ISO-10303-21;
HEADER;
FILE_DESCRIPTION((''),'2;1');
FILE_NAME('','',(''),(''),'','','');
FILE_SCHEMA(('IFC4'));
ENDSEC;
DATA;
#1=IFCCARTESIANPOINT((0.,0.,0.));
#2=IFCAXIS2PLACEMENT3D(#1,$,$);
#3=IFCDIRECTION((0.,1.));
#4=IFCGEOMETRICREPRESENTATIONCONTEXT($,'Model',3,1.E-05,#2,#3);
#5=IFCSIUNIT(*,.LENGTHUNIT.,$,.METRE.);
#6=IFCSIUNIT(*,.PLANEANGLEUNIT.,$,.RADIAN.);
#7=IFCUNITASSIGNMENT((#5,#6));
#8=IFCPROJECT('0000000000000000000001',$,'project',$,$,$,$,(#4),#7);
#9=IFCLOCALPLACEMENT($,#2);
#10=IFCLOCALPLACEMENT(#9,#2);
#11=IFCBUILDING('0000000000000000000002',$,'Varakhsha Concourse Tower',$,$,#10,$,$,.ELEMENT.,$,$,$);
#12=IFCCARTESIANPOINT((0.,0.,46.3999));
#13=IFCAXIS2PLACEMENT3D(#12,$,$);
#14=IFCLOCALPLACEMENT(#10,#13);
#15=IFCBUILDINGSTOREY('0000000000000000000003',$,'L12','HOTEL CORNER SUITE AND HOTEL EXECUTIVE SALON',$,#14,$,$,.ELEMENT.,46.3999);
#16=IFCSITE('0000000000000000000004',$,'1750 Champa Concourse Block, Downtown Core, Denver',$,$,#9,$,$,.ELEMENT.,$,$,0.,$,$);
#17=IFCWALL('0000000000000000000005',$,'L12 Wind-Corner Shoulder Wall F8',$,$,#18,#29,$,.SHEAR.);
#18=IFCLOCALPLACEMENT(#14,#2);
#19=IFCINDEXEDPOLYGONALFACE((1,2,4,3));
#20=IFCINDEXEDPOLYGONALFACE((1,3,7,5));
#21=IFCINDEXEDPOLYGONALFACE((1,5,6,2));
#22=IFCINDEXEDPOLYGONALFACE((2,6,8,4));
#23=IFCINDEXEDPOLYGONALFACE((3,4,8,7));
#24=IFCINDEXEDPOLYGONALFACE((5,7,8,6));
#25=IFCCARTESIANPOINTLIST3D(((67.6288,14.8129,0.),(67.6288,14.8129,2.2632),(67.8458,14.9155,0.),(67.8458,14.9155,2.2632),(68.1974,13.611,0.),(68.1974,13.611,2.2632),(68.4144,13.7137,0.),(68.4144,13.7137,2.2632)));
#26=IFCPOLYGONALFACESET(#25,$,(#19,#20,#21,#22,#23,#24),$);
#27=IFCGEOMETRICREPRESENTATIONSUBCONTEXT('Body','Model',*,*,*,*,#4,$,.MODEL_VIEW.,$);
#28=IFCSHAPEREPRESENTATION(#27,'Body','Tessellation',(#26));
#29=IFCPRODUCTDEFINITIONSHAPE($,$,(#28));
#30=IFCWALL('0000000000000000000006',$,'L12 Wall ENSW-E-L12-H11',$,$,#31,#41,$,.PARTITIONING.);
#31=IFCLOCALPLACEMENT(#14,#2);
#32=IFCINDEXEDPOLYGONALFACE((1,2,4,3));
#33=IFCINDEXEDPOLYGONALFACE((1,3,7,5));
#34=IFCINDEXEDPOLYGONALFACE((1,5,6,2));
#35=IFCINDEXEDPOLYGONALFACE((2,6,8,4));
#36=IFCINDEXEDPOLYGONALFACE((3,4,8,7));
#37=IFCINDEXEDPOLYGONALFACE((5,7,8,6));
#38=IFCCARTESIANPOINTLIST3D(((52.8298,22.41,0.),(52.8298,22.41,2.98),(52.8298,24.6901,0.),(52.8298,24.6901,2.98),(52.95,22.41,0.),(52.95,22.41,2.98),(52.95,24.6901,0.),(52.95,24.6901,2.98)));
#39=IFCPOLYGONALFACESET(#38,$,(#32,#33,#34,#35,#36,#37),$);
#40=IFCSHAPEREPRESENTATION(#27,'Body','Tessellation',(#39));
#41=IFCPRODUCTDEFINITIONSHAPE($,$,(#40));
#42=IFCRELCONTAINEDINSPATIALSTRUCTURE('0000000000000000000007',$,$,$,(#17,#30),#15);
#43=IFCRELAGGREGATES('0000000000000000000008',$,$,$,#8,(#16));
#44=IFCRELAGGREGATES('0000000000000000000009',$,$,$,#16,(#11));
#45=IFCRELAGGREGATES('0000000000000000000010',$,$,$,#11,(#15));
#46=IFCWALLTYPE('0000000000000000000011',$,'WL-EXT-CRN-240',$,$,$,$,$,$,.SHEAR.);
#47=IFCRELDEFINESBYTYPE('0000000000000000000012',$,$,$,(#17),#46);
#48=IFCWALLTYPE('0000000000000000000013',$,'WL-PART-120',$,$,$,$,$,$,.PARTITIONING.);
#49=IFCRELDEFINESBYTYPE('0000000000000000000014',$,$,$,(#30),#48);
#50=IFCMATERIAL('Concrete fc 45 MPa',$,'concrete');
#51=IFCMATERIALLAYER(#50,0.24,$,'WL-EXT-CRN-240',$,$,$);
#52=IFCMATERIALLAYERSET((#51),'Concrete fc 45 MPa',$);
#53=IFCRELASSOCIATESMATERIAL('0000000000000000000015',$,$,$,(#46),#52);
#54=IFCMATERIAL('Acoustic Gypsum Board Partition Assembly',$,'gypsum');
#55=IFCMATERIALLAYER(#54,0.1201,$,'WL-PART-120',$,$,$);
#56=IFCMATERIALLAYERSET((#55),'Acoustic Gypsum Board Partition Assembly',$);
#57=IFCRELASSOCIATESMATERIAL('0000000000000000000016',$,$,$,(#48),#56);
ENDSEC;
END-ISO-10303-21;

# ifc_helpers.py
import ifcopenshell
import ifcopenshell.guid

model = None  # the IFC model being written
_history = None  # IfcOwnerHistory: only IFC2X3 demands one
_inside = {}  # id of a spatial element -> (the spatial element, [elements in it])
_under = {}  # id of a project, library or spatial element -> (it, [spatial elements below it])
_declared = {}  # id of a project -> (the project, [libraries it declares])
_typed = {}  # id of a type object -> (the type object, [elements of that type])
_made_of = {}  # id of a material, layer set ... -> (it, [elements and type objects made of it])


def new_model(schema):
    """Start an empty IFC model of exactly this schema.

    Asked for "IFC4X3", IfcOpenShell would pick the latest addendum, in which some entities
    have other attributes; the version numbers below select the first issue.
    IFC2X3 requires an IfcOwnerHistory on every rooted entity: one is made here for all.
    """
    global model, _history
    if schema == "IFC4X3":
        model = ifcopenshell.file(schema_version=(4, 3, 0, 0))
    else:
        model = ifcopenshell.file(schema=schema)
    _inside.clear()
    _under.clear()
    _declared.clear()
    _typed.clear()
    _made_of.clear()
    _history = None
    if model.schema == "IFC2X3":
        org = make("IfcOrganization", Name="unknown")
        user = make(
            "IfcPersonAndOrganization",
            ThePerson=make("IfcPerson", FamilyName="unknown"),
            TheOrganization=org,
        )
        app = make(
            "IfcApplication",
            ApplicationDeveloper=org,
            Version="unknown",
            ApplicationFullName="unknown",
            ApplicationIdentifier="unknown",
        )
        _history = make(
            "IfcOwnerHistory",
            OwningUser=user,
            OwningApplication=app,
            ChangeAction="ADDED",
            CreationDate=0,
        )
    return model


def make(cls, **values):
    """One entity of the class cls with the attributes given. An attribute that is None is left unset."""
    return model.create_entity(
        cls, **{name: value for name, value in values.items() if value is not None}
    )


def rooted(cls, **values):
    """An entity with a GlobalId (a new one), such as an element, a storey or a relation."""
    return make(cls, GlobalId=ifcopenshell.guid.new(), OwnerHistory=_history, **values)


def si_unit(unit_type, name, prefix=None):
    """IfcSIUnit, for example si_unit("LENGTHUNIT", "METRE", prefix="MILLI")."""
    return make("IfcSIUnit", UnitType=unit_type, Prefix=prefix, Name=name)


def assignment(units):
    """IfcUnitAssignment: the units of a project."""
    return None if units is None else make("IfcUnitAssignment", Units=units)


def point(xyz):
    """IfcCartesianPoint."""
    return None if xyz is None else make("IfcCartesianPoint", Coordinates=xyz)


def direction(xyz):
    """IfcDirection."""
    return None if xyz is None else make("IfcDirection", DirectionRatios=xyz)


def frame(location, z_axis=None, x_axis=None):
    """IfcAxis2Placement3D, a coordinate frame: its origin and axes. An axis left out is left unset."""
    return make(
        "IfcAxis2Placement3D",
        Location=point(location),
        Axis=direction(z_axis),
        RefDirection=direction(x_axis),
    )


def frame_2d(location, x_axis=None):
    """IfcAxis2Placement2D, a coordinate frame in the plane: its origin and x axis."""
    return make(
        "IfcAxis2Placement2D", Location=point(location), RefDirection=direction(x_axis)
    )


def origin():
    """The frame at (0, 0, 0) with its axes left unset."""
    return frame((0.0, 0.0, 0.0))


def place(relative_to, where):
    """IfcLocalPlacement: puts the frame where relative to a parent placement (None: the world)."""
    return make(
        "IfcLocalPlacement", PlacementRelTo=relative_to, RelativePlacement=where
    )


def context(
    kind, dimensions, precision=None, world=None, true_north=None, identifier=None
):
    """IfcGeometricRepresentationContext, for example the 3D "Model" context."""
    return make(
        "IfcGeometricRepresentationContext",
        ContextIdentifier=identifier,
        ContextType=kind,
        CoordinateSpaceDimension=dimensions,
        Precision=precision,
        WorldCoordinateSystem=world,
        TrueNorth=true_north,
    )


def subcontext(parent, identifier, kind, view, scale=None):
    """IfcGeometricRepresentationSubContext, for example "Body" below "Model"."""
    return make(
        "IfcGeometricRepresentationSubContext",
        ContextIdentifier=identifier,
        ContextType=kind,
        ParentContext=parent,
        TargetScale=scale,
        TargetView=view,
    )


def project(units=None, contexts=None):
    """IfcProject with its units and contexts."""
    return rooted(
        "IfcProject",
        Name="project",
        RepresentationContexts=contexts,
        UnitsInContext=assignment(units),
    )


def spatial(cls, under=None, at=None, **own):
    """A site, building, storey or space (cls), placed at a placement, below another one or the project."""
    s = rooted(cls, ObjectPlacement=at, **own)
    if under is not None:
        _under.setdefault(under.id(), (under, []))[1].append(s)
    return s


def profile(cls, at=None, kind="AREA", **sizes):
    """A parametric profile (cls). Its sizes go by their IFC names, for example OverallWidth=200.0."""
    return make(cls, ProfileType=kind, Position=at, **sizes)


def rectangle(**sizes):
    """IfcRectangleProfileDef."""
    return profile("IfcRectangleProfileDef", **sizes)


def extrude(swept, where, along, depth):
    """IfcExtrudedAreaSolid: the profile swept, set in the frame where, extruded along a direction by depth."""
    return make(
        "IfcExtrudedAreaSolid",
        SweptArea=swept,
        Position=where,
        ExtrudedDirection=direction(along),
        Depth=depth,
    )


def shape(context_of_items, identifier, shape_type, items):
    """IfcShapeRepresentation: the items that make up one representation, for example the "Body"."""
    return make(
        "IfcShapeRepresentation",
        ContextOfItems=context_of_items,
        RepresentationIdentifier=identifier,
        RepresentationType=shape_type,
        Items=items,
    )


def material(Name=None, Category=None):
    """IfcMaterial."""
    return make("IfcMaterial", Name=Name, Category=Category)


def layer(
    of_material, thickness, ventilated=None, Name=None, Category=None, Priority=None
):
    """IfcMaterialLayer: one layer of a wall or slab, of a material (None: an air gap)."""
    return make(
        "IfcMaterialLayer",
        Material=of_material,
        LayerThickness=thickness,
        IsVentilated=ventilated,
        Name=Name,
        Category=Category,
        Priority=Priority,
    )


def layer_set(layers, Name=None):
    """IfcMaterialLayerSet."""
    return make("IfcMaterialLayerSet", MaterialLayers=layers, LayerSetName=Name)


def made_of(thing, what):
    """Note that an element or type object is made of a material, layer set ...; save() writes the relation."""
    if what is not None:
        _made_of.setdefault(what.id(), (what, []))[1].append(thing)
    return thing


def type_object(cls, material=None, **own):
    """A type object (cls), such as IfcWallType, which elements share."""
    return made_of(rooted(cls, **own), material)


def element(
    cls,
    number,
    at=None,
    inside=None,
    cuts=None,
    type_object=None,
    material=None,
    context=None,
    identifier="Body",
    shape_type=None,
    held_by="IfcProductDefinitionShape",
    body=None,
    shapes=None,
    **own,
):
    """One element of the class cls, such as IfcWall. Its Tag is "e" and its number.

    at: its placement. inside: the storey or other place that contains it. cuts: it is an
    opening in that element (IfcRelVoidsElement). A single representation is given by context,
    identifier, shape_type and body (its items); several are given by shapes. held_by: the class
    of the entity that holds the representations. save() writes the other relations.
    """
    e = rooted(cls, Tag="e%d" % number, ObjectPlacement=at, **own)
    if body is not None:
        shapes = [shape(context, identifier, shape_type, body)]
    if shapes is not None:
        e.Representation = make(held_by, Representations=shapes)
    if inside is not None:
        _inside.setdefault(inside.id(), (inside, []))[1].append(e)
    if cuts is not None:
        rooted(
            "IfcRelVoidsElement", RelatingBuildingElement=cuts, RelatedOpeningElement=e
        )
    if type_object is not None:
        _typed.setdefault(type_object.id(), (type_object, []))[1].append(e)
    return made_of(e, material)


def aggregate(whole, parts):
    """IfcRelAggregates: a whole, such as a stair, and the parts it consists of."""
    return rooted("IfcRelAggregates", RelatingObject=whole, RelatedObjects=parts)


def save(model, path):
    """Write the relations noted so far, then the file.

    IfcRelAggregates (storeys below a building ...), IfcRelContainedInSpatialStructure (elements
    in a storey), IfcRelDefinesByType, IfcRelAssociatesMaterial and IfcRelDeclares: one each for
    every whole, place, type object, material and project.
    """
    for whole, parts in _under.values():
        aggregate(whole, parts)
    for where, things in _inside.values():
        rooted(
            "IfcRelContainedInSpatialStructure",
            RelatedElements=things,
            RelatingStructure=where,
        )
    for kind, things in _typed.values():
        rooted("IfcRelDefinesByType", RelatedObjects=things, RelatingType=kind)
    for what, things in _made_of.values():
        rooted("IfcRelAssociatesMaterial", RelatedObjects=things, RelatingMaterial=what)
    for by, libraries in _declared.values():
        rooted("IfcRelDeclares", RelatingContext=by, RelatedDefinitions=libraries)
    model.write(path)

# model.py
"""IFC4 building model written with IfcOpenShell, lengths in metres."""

from ifc_helpers import new_model, si_unit, direction, frame, frame_2d, origin, place, context, subcontext, project, spatial, rectangle, extrude, material, layer, layer_set, type_object, element, save


model = new_model("IFC4")

# Units and contexts
model_context = context("Model", 3, precision=1e-05, world=origin(), true_north=direction((0.0, 1.0)))
body_context = subcontext(model_context, "Body", "Model", "MODEL_VIEW")
ifc_project = project(units=[si_unit("LENGTHUNIT", "METRE"), si_unit("PLANEANGLEUNIT", "RADIAN")], contexts=[model_context])

# Site, building, storey
site_placement = place(None, origin())
site = spatial("IfcSite", under=ifc_project, at=site_placement, Name="1750 Champa Concourse Block, Downtown Core, Denver", CompositionType="ELEMENT", RefElevation=0.0)
building_placement = place(site_placement, origin())
building = spatial("IfcBuilding", under=site, at=building_placement, Name="Varakhsha Concourse Tower", CompositionType="ELEMENT")
storey_placement = place(building_placement, frame((0.0, 0.0, 46.3999)))
storey = spatial("IfcBuildingStorey", under=building, at=storey_placement, Name="L12", Description="HOTEL CORNER SUITE AND HOTEL EXECUTIVE SALON", CompositionType="ELEMENT", Elevation=46.3999)

# Walls
ifc_material_1 = material(Name="Concrete fc 45 MPa", Category="concrete")
ifc_layer_1 = layer(ifc_material_1, 0.24, Name="WL-EXT-CRN-240")
ifc_layer_set_1 = layer_set([ifc_layer_1], Name="Concrete fc 45 MPa")
wall_type_1 = type_object("IfcWallType", Name="WL-EXT-CRN-240", PredefinedType="SHEAR", material=ifc_layer_set_1)
wall_1_placement = place(storey_placement, frame((68.3059, 13.6624, 0.0), z_axis=(0.0, 0.0, 1.0), x_axis=(-0.427644, 0.903947, 0.0)))
element("IfcWall", 1, at=wall_1_placement, inside=storey, type_object=wall_type_1, Name="L12 Wind-Corner Shoulder Wall F8", PredefinedType="SHEAR", context=body_context, shape_type="SweptSolid", body=[
    extrude(rectangle(XDim=1.3296, YDim=0.24, at=frame_2d((0.6648, 0.0))), origin(), (0.0, 0.0, 1.0), 2.2632),
])
ifc_material_2 = material(Name="Acoustic Gypsum Board Partition Assembly", Category="gypsum")
ifc_layer_2 = layer(ifc_material_2, 0.1201, Name="WL-PART-120")
ifc_layer_set_2 = layer_set([ifc_layer_2], Name="Acoustic Gypsum Board Partition Assembly")
wall_type_2 = type_object("IfcWallType", Name="WL-PART-120", PredefinedType="PARTITIONING", material=ifc_layer_set_2)
wall_2_placement = place(storey_placement, frame((52.8899, 22.4099, 0.0), z_axis=(0.0, 0.0, 1.0), x_axis=(0.0, 1.0, 0.0)))
element("IfcWall", 2, at=wall_2_placement, inside=storey, type_object=wall_type_2, Name="L12 Wall ENSW-E-L12-H11", PredefinedType="PARTITIONING", context=body_context, shape_type="SweptSolid", body=[
    extrude(rectangle(XDim=2.28, YDim=0.1201, at=frame_2d((1.1401, 0.0))), origin(), (0.0, 0.0, 1.0), 2.98),
])

save(model, "model.ifc")
